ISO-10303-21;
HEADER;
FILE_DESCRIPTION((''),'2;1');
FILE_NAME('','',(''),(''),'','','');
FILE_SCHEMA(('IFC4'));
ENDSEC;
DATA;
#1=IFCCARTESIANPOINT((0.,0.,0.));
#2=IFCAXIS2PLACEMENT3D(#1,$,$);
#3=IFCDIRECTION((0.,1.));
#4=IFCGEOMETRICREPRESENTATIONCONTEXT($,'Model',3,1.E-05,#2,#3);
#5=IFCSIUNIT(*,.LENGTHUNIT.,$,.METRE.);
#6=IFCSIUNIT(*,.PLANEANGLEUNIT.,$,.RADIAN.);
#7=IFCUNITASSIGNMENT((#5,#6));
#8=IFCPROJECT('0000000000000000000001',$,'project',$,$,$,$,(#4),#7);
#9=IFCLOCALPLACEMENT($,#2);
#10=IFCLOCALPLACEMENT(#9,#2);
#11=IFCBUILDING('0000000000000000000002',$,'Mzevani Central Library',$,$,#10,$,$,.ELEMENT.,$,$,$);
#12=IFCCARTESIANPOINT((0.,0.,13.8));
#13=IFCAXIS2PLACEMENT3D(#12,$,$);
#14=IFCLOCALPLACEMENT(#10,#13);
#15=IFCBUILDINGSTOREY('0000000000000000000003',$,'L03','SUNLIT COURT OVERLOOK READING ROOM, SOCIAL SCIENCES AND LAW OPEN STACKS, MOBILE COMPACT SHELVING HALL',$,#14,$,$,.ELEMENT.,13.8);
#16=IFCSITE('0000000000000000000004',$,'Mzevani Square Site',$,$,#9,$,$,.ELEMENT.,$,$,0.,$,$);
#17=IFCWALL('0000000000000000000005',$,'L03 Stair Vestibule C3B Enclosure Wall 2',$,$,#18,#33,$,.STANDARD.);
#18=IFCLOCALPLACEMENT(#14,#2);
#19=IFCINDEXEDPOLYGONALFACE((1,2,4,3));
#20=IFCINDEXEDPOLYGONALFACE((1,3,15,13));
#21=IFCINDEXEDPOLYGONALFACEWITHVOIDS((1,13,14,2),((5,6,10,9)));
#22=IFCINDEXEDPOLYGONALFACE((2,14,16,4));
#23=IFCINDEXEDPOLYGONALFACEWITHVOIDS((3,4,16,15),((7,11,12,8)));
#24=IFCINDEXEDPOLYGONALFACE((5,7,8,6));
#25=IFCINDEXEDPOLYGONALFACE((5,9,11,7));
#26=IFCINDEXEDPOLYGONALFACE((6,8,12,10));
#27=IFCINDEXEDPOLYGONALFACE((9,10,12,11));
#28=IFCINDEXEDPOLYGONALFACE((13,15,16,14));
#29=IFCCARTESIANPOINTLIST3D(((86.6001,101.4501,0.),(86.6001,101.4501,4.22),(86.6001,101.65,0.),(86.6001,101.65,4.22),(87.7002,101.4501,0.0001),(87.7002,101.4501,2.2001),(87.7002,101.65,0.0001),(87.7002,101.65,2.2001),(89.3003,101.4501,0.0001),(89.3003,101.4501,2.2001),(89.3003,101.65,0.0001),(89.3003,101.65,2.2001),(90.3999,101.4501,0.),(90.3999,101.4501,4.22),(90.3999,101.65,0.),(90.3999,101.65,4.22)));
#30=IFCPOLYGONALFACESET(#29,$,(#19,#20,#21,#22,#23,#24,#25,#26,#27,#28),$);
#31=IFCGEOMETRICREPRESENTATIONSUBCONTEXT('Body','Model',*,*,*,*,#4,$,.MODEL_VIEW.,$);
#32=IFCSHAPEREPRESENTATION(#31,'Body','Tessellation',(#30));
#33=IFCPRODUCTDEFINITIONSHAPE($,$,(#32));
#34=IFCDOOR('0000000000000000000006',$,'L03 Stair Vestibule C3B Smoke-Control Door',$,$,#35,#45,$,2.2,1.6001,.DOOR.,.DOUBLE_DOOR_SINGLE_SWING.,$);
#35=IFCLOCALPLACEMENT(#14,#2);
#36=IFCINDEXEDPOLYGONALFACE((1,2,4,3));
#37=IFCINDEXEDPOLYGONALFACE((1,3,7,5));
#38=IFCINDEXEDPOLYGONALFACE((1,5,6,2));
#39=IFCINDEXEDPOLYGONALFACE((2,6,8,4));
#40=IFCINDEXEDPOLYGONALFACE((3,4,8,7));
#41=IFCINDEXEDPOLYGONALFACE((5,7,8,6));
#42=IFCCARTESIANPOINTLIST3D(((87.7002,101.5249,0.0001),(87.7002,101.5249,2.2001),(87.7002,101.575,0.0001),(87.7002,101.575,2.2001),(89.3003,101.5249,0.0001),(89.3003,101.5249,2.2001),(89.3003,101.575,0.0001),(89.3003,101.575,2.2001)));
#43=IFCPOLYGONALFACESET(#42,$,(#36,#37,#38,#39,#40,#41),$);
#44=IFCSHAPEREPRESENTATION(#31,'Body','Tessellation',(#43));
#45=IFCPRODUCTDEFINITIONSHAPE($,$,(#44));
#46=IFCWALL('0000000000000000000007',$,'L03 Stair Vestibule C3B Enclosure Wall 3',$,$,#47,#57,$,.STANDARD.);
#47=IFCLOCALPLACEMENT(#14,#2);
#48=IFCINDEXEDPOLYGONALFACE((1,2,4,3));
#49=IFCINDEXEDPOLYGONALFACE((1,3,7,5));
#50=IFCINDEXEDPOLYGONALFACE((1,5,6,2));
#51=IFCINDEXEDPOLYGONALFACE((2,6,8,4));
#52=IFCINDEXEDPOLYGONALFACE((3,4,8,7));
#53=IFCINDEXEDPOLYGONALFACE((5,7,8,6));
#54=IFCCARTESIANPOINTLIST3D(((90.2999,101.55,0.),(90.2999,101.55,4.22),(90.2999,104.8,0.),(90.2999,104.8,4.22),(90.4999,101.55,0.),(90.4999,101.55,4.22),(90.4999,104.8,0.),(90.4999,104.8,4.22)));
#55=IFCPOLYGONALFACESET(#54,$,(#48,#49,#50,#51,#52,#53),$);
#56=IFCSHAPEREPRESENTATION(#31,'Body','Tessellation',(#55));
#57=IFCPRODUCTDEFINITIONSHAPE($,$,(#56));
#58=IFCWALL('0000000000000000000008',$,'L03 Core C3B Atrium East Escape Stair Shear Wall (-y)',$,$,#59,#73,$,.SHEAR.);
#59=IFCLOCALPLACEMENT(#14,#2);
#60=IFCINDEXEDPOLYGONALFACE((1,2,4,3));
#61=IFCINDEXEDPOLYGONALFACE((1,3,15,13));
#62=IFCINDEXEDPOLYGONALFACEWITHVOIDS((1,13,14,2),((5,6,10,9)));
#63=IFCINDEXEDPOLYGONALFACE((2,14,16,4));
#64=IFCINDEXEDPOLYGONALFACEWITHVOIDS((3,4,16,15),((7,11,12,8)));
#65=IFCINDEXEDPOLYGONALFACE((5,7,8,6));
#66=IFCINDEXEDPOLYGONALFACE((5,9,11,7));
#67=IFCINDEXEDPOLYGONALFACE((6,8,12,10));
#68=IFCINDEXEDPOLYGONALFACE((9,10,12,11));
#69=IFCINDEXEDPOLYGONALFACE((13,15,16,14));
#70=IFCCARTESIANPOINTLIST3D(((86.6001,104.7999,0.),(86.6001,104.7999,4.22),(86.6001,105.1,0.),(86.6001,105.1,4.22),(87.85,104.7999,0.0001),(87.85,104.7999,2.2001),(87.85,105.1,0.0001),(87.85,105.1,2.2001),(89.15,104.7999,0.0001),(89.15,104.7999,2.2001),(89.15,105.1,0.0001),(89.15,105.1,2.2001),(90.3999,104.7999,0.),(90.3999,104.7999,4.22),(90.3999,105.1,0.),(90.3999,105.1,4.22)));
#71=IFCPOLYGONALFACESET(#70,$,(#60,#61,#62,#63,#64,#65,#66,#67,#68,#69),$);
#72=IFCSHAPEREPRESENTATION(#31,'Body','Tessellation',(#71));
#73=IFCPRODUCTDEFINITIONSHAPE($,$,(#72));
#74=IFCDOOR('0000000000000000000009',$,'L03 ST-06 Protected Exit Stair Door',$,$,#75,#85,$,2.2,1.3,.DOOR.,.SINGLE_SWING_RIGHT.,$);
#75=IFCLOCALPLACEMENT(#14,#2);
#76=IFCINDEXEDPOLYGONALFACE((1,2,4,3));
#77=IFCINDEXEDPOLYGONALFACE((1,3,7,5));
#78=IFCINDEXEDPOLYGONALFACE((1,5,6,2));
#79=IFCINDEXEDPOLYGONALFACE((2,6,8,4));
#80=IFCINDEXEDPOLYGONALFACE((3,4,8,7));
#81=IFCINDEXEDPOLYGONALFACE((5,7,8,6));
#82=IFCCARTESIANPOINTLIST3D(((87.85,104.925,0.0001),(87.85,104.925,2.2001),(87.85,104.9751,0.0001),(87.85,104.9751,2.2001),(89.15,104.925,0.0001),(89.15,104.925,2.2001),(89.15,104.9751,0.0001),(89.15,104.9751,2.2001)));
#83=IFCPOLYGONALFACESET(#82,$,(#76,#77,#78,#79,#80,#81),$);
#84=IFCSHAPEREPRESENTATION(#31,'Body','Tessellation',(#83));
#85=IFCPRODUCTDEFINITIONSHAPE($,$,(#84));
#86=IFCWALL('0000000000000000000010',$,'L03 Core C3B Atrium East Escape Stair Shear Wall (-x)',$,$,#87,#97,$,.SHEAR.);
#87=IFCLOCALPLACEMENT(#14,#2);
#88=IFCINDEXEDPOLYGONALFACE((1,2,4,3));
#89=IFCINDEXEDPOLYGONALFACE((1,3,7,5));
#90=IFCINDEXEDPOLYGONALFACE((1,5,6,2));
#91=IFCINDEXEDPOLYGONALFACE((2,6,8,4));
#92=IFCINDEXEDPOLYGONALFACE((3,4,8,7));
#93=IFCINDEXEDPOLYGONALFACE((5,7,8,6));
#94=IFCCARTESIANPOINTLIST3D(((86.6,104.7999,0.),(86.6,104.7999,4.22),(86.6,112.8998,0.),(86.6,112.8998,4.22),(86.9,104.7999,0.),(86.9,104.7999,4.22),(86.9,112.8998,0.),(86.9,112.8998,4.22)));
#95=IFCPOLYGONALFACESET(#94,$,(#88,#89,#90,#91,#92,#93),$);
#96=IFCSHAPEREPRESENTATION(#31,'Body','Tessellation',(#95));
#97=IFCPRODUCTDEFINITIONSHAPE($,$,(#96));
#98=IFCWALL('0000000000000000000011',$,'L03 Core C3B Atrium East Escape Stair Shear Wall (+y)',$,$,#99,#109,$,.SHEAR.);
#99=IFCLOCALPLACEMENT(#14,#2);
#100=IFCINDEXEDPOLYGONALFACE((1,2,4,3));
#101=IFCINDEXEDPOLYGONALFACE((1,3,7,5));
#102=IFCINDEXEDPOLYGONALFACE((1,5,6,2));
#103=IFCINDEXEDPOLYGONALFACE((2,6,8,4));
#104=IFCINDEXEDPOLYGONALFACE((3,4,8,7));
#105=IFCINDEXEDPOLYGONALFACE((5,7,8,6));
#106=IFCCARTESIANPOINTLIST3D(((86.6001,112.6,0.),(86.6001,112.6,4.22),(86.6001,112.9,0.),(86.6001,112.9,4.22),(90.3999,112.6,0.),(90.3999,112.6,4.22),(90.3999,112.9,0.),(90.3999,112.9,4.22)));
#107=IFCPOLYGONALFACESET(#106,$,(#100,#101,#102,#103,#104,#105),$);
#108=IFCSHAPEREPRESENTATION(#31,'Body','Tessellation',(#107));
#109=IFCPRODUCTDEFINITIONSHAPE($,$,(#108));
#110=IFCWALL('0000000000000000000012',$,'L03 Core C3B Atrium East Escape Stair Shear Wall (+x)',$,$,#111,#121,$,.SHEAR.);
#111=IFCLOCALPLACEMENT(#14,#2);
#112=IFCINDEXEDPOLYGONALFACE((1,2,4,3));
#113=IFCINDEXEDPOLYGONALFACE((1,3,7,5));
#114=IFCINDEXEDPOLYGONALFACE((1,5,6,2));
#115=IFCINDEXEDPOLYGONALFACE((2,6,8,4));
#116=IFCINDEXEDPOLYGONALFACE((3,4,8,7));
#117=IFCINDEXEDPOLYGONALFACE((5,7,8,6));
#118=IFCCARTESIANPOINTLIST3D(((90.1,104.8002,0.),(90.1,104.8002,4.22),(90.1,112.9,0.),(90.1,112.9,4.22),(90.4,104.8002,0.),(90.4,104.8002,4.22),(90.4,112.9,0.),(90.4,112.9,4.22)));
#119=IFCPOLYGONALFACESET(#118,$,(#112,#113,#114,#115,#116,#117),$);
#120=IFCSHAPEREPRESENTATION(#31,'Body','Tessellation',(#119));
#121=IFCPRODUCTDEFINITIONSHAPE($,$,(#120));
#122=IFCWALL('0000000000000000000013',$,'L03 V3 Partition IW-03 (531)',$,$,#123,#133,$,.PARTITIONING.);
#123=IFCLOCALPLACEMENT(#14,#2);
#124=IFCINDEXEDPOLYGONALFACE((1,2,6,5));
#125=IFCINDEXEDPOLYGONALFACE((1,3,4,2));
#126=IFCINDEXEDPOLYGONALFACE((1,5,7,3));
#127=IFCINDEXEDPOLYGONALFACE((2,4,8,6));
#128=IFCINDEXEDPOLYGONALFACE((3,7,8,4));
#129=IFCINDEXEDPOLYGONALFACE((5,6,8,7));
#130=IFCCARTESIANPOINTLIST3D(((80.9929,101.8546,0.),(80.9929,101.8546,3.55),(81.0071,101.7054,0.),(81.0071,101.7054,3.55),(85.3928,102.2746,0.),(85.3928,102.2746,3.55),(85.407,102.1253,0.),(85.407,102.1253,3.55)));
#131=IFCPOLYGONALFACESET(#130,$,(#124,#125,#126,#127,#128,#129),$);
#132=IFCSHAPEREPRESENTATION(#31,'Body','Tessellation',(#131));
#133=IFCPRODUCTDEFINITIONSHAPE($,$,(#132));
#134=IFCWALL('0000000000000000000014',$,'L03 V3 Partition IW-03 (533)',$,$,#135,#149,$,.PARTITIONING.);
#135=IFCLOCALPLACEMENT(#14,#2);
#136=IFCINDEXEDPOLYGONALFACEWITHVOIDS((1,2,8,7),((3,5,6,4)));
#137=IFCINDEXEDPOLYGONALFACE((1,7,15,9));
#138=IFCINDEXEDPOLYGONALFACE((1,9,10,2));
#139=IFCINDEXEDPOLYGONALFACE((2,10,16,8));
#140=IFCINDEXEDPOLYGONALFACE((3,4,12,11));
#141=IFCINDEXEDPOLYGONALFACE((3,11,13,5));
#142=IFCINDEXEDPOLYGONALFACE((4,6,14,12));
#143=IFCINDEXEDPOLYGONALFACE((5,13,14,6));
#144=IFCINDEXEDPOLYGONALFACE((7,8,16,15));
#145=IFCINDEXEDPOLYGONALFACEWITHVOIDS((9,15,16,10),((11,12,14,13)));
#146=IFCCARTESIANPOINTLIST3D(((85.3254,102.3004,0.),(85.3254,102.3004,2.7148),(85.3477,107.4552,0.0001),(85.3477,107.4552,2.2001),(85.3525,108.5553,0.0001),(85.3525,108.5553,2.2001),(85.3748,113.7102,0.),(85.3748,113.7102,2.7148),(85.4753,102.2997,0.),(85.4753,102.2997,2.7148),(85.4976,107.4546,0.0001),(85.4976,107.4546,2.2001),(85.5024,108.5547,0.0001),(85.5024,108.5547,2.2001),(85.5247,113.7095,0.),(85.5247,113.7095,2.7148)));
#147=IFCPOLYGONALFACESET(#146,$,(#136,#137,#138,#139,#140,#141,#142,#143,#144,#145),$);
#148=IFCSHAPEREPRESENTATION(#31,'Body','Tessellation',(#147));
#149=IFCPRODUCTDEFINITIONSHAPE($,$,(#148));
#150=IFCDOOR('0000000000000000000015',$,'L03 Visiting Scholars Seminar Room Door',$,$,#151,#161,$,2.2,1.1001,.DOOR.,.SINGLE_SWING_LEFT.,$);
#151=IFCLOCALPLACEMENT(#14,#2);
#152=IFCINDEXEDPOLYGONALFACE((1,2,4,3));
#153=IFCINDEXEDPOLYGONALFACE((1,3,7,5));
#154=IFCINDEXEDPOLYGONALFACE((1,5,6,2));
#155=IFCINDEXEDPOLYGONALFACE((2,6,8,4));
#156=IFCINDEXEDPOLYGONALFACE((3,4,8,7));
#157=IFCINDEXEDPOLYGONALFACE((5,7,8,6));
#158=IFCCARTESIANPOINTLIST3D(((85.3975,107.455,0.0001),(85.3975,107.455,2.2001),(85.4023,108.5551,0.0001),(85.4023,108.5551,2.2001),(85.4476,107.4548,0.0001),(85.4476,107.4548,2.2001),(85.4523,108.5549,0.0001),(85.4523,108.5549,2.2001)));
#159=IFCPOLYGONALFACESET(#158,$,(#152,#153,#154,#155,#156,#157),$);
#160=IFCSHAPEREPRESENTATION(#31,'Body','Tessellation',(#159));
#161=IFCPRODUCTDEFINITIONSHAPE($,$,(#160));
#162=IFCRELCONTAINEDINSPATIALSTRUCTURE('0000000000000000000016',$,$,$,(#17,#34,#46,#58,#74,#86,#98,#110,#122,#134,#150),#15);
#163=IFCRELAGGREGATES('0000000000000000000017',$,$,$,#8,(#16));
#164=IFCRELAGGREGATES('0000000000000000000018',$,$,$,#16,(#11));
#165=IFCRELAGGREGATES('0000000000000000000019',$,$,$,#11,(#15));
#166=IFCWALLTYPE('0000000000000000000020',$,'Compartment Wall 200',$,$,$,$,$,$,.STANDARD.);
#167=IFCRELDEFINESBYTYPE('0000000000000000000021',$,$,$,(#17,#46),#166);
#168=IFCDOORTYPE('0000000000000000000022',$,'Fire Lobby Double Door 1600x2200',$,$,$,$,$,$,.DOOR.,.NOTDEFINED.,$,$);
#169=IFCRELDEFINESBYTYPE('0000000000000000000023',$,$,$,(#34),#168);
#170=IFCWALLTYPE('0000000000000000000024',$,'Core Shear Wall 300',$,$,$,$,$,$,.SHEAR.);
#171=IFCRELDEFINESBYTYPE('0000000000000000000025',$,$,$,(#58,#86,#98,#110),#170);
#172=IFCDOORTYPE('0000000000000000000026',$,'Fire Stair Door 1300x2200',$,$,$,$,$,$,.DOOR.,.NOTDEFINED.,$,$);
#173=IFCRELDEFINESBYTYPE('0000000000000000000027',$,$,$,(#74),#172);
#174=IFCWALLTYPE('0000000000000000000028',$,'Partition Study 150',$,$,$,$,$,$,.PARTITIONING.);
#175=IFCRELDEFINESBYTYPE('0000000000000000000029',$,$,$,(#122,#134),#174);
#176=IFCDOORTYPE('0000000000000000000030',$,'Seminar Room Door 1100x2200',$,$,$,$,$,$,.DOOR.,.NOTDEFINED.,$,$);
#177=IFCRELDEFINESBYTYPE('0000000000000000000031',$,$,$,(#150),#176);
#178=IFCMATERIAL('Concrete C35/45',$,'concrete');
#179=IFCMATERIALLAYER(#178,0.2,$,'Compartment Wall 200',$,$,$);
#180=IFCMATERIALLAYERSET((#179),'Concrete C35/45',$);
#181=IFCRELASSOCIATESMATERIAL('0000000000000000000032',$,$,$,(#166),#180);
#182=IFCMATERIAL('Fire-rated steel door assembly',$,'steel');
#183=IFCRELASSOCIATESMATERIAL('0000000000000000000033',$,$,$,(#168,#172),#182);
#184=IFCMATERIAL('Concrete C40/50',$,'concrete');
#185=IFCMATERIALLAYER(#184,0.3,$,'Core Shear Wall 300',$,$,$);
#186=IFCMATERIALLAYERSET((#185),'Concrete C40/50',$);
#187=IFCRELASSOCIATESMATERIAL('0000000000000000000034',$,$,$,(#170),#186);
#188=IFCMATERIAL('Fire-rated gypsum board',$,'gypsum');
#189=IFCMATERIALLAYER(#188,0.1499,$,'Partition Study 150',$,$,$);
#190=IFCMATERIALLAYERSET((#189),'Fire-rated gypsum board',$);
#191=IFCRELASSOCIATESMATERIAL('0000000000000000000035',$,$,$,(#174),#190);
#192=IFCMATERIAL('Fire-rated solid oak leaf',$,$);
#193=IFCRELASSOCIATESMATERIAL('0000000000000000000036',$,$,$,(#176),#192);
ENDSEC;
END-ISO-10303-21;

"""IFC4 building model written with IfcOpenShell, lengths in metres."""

from ifc_helpers import new_model, si_unit, direction, frame, frame_2d, origin, place, context, subcontext, project, spatial, rectangle, extrude, material, layer, layer_set, type_object, element, fill, save


model = new_model("IFC4")

# Units and contexts
model_context = context("Model", 3, precision=1e-05, world=origin(), true_north=direction((0.0, 1.0)))
body_context = subcontext(model_context, "Body", "Model", "MODEL_VIEW")
ifc_project = project(units=[si_unit("LENGTHUNIT", "METRE"), si_unit("PLANEANGLEUNIT", "RADIAN")], contexts=[model_context])

# Site, building, storey
site_placement = place(None, origin())
site = spatial("IfcSite", under=ifc_project, at=site_placement, Name="Mzevani Square Site", CompositionType="ELEMENT", RefElevation=0.0)
building_placement = place(site_placement, origin())
building = spatial("IfcBuilding", under=site, at=building_placement, Name="Mzevani Central Library", CompositionType="ELEMENT")
storey_placement = place(building_placement, frame((0.0, 0.0, 13.8)))
storey = spatial("IfcBuildingStorey", under=building, at=storey_placement, Name="L03", Description="SUNLIT COURT OVERLOOK READING ROOM, SOCIAL SCIENCES AND LAW OPEN STACKS, MOBILE COMPACT SHELVING HALL", CompositionType="ELEMENT", Elevation=13.8)

# Shared definitions
ifc_material_1 = material(Name="Concrete C40/50", Category="concrete")

# Shared definitions
ifc_material_2 = material(Name="Concrete C35/45", Category="concrete")

# Shared definitions
ifc_layer_1 = layer(ifc_material_2, 0.2, Name="Compartment Wall 200")
ifc_layer_set_1 = layer_set([ifc_layer_1], Name="Concrete C35/45")
wall_type_1 = type_object("IfcWallType", Name="Compartment Wall 200", PredefinedType="STANDARD", material=ifc_layer_set_1)

# Wall, opening, door
wall_1_placement = place(storey_placement, frame((86.6001, 101.55, 0.0), z_axis=(0.0, 0.0, 1.0), x_axis=(1.0, 0.0, 0.0)))
wall_1 = element("IfcWall", 1, at=wall_1_placement, inside=storey, type_object=wall_type_1, Name="L03 Stair Vestibule C3B Enclosure Wall 2", PredefinedType="STANDARD", context=body_context, shape_type="SweptSolid", body=[
    extrude(rectangle(XDim=3.7998, YDim=0.2, at=frame_2d((1.8999, 0.0))), origin(), (0.0, 0.0, 1.0), 4.22),
])
opening_1_placement = place(wall_1_placement, frame((1.1001, 0.0, 0.0)))
opening_1 = element("IfcOpeningElement", 2, at=opening_1_placement, cuts=wall_1, PredefinedType="OPENING", context=body_context, shape_type="SweptSolid", body=[
    extrude(rectangle(XDim=1.6001, YDim=2.2, at=frame_2d((0.8, 1.1001))), frame((0.0, 0.1099, 0.0), z_axis=(0.0, -1.0, 0.0), x_axis=(1.0, 0.0, 0.0)), (0.0, 0.0, 1.0), 0.22),
])
ifc_material_3 = material(Name="Fire-rated steel door assembly", Category="steel")
door_type_1 = type_object("IfcDoorType", Name="Fire Lobby Double Door 1600x2200", OperationType="NOTDEFINED", PredefinedType="DOOR", material=ifc_material_3)
door_1_placement = place(opening_1_placement, origin())
door_1 = element("IfcDoor", 3, at=door_1_placement, inside=storey, type_object=door_type_1, Name="L03 Stair Vestibule C3B Smoke-Control Door", OperationType="DOUBLE_DOOR_SINGLE_SWING", OverallHeight=2.2, OverallWidth=1.6001, PredefinedType="DOOR", context=body_context, shape_type="SweptSolid", body=[
    extrude(rectangle(XDim=1.6001, YDim=2.2, at=frame_2d((0.8, 1.1001))), frame((0.0, 0.0249, 0.0), z_axis=(0.0, -1.0, 0.0), x_axis=(1.0, 0.0, 0.0)), (0.0, 0.0, 1.0), 0.05),
])
fill(opening_1, door_1)

# Wall
wall_2_placement = place(storey_placement, frame((90.3999, 101.55, 0.0), z_axis=(0.0, 0.0, 1.0), x_axis=(0.0, 1.0, 0.0)))
element("IfcWall", 4, at=wall_2_placement, inside=storey, type_object=wall_type_1, Name="L03 Stair Vestibule C3B Enclosure Wall 3", PredefinedType="STANDARD", context=body_context, shape_type="SweptSolid", body=[
    extrude(rectangle(XDim=3.25, YDim=0.2, at=frame_2d((1.625, 0.0))), origin(), (0.0, 0.0, 1.0), 4.22),
])

# Wall, opening, door
ifc_layer_2 = layer(ifc_material_1, 0.3, Name="Core Shear Wall 300")
ifc_layer_set_2 = layer_set([ifc_layer_2], Name="Concrete C40/50")
wall_type_2 = type_object("IfcWallType", Name="Core Shear Wall 300", PredefinedType="SHEAR", material=ifc_layer_set_2)
wall_3_placement = place(storey_placement, frame((90.3999, 104.95, 0.0), z_axis=(0.0, 0.0, 1.0), x_axis=(-1.0, 0.0, 0.0)))
wall_3 = element("IfcWall", 5, at=wall_3_placement, inside=storey, type_object=wall_type_2, Name="L03 Core C3B Atrium East Escape Stair Shear Wall (-y)", PredefinedType="SHEAR", context=body_context, shape_type="SweptSolid", body=[
    extrude(rectangle(XDim=3.7998, YDim=0.3, at=frame_2d((1.8999, 0.0))), origin(), (0.0, 0.0, 1.0), 4.22),
])
opening_2_placement = place(wall_3_placement, frame((1.25, 0.0, 0.0)))
opening_2 = element("IfcOpeningElement", 6, at=opening_2_placement, cuts=wall_3, PredefinedType="OPENING", context=body_context, shape_type="SweptSolid", body=[
    extrude(rectangle(XDim=1.3, YDim=2.2, at=frame_2d((0.6499, 1.1001))), frame((0.0, 0.1602, 0.0), z_axis=(0.0, -1.0, 0.0), x_axis=(1.0, 0.0, 0.0)), (0.0, 0.0, 1.0), 0.3201),
])
door_type_2 = type_object("IfcDoorType", Name="Fire Stair Door 1300x2200", OperationType="NOTDEFINED", PredefinedType="DOOR", material=ifc_material_3)
door_2_placement = place(opening_2_placement, origin())
door_2 = element("IfcDoor", 7, at=door_2_placement, inside=storey, type_object=door_type_2, Name="L03 ST-06 Protected Exit Stair Door", OperationType="SINGLE_SWING_RIGHT", OverallHeight=2.2, OverallWidth=1.3, PredefinedType="DOOR", context=body_context, shape_type="SweptSolid", body=[
    extrude(rectangle(XDim=1.3, YDim=2.2, at=frame_2d((0.6499, 1.1001))), frame((0.0, 0.0249, 0.0), z_axis=(0.0, -1.0, 0.0), x_axis=(1.0, 0.0, 0.0)), (0.0, 0.0, 1.0), 0.05),
])
fill(opening_2, door_2)

# Walls
wall_4_placement = place(storey_placement, frame((86.75, 104.8, 0.0), z_axis=(0.0, 0.0, 1.0), x_axis=(0.0, 1.0, 0.0)))
element("IfcWall", 8, at=wall_4_placement, inside=storey, type_object=wall_type_2, Name="L03 Core C3B Atrium East Escape Stair Shear Wall (-x)", PredefinedType="SHEAR", context=body_context, shape_type="SweptSolid", body=[
    extrude(rectangle(XDim=8.0999, YDim=0.3, at=frame_2d((4.0498, 0.0))), origin(), (0.0, 0.0, 1.0), 4.22),
])
wall_5_placement = place(storey_placement, frame((86.6001, 112.75, 0.0), z_axis=(0.0, 0.0, 1.0), x_axis=(1.0, 0.0, 0.0)))
element("IfcWall", 9, at=wall_5_placement, inside=storey, type_object=wall_type_2, Name="L03 Core C3B Atrium East Escape Stair Shear Wall (+y)", PredefinedType="SHEAR", context=body_context, shape_type="SweptSolid", body=[
    extrude(rectangle(XDim=3.7998, YDim=0.3, at=frame_2d((1.8999, 0.0))), origin(), (0.0, 0.0, 1.0), 4.22),
])
wall_6_placement = place(storey_placement, frame((90.25, 112.8999, 0.0), z_axis=(0.0, 0.0, 1.0), x_axis=(0.0, -1.0, 0.0)))
element("IfcWall", 10, at=wall_6_placement, inside=storey, type_object=wall_type_2, Name="L03 Core C3B Atrium East Escape Stair Shear Wall (+x)", PredefinedType="SHEAR", context=body_context, shape_type="SweptSolid", body=[
    extrude(rectangle(XDim=8.0999, YDim=0.3, at=frame_2d((4.0498, 0.0))), origin(), (0.0, 0.0, 1.0), 4.22),
])
ifc_material_4 = material(Name="Fire-rated gypsum board", Category="gypsum")
ifc_layer_3 = layer(ifc_material_4, 0.1499, Name="Partition Study 150")
ifc_layer_set_3 = layer_set([ifc_layer_3], Name="Fire-rated gypsum board")
wall_type_3 = type_object("IfcWallType", Name="Partition Study 150", PredefinedType="PARTITIONING", material=ifc_layer_set_3)
wall_7_placement = place(storey_placement, frame((85.3999, 102.2, 0.0), z_axis=(0.0, 0.0, 1.0), x_axis=(-0.995477, -0.095007, 0.0)))
element("IfcWall", 11, at=wall_7_placement, inside=storey, type_object=wall_type_3, Name="L03 V3 Partition IW-03 (531)", PredefinedType="PARTITIONING", context=body_context, shape_type="SweptSolid", body=[
    extrude(rectangle(XDim=4.4199, YDim=0.1499, at=frame_2d((2.21, 0.0))), origin(), (0.0, 0.0, 1.0), 3.55),
])

# Wall, opening, door
wall_8_placement = place(storey_placement, frame((85.4497, 113.71, 0.0), z_axis=(0.0, 0.0, 1.0), x_axis=(-0.004322, -0.999991, 0.0)))
wall_8 = element("IfcWall", 12, at=wall_8_placement, inside=storey, type_object=wall_type_3, Name="L03 V3 Partition IW-03 (533)", PredefinedType="PARTITIONING", context=body_context, shape_type="SweptSolid", body=[
    extrude(rectangle(XDim=11.4099, YDim=0.1499, at=frame_2d((5.7051, 0.0))), origin(), (0.0, 0.0, 1.0), 2.7148),
])
opening_3_placement = place(wall_8_placement, frame((5.155, 0.0, 0.0)))
opening_3 = element("IfcOpeningElement", 13, at=opening_3_placement, cuts=wall_8, PredefinedType="OPENING", context=body_context, shape_type="SweptSolid", body=[
    extrude(rectangle(XDim=1.1001, YDim=2.2, at=frame_2d((0.55, 1.1001))), frame((0.0, 0.085, 0.0), z_axis=(0.0, -1.0, 0.0), x_axis=(1.0, 0.0, 0.0)), (0.0, 0.0, 1.0), 0.1699),
])
ifc_material_5 = material(Name="Fire-rated solid oak leaf")
door_type_3 = type_object("IfcDoorType", Name="Seminar Room Door 1100x2200", OperationType="NOTDEFINED", PredefinedType="DOOR", material=ifc_material_5)
door_3_placement = place(opening_3_placement, origin())
door_3 = element("IfcDoor", 14, at=door_3_placement, inside=storey, type_object=door_type_3, Name="L03 Visiting Scholars Seminar Room Door", OperationType="SINGLE_SWING_LEFT", OverallHeight=2.2, OverallWidth=1.1001, PredefinedType="DOOR", context=body_context, shape_type="SweptSolid", body=[
    extrude(rectangle(XDim=1.1001, YDim=2.2, at=frame_2d((0.55, 1.1001))), frame((0.0, 0.0249, 0.0), z_axis=(0.0, -1.0, 0.0), x_axis=(1.0, 0.0, 0.0)), (0.0, 0.0, 1.0), 0.05),
])
fill(opening_3, door_3)

save(model, "model.ifc")
